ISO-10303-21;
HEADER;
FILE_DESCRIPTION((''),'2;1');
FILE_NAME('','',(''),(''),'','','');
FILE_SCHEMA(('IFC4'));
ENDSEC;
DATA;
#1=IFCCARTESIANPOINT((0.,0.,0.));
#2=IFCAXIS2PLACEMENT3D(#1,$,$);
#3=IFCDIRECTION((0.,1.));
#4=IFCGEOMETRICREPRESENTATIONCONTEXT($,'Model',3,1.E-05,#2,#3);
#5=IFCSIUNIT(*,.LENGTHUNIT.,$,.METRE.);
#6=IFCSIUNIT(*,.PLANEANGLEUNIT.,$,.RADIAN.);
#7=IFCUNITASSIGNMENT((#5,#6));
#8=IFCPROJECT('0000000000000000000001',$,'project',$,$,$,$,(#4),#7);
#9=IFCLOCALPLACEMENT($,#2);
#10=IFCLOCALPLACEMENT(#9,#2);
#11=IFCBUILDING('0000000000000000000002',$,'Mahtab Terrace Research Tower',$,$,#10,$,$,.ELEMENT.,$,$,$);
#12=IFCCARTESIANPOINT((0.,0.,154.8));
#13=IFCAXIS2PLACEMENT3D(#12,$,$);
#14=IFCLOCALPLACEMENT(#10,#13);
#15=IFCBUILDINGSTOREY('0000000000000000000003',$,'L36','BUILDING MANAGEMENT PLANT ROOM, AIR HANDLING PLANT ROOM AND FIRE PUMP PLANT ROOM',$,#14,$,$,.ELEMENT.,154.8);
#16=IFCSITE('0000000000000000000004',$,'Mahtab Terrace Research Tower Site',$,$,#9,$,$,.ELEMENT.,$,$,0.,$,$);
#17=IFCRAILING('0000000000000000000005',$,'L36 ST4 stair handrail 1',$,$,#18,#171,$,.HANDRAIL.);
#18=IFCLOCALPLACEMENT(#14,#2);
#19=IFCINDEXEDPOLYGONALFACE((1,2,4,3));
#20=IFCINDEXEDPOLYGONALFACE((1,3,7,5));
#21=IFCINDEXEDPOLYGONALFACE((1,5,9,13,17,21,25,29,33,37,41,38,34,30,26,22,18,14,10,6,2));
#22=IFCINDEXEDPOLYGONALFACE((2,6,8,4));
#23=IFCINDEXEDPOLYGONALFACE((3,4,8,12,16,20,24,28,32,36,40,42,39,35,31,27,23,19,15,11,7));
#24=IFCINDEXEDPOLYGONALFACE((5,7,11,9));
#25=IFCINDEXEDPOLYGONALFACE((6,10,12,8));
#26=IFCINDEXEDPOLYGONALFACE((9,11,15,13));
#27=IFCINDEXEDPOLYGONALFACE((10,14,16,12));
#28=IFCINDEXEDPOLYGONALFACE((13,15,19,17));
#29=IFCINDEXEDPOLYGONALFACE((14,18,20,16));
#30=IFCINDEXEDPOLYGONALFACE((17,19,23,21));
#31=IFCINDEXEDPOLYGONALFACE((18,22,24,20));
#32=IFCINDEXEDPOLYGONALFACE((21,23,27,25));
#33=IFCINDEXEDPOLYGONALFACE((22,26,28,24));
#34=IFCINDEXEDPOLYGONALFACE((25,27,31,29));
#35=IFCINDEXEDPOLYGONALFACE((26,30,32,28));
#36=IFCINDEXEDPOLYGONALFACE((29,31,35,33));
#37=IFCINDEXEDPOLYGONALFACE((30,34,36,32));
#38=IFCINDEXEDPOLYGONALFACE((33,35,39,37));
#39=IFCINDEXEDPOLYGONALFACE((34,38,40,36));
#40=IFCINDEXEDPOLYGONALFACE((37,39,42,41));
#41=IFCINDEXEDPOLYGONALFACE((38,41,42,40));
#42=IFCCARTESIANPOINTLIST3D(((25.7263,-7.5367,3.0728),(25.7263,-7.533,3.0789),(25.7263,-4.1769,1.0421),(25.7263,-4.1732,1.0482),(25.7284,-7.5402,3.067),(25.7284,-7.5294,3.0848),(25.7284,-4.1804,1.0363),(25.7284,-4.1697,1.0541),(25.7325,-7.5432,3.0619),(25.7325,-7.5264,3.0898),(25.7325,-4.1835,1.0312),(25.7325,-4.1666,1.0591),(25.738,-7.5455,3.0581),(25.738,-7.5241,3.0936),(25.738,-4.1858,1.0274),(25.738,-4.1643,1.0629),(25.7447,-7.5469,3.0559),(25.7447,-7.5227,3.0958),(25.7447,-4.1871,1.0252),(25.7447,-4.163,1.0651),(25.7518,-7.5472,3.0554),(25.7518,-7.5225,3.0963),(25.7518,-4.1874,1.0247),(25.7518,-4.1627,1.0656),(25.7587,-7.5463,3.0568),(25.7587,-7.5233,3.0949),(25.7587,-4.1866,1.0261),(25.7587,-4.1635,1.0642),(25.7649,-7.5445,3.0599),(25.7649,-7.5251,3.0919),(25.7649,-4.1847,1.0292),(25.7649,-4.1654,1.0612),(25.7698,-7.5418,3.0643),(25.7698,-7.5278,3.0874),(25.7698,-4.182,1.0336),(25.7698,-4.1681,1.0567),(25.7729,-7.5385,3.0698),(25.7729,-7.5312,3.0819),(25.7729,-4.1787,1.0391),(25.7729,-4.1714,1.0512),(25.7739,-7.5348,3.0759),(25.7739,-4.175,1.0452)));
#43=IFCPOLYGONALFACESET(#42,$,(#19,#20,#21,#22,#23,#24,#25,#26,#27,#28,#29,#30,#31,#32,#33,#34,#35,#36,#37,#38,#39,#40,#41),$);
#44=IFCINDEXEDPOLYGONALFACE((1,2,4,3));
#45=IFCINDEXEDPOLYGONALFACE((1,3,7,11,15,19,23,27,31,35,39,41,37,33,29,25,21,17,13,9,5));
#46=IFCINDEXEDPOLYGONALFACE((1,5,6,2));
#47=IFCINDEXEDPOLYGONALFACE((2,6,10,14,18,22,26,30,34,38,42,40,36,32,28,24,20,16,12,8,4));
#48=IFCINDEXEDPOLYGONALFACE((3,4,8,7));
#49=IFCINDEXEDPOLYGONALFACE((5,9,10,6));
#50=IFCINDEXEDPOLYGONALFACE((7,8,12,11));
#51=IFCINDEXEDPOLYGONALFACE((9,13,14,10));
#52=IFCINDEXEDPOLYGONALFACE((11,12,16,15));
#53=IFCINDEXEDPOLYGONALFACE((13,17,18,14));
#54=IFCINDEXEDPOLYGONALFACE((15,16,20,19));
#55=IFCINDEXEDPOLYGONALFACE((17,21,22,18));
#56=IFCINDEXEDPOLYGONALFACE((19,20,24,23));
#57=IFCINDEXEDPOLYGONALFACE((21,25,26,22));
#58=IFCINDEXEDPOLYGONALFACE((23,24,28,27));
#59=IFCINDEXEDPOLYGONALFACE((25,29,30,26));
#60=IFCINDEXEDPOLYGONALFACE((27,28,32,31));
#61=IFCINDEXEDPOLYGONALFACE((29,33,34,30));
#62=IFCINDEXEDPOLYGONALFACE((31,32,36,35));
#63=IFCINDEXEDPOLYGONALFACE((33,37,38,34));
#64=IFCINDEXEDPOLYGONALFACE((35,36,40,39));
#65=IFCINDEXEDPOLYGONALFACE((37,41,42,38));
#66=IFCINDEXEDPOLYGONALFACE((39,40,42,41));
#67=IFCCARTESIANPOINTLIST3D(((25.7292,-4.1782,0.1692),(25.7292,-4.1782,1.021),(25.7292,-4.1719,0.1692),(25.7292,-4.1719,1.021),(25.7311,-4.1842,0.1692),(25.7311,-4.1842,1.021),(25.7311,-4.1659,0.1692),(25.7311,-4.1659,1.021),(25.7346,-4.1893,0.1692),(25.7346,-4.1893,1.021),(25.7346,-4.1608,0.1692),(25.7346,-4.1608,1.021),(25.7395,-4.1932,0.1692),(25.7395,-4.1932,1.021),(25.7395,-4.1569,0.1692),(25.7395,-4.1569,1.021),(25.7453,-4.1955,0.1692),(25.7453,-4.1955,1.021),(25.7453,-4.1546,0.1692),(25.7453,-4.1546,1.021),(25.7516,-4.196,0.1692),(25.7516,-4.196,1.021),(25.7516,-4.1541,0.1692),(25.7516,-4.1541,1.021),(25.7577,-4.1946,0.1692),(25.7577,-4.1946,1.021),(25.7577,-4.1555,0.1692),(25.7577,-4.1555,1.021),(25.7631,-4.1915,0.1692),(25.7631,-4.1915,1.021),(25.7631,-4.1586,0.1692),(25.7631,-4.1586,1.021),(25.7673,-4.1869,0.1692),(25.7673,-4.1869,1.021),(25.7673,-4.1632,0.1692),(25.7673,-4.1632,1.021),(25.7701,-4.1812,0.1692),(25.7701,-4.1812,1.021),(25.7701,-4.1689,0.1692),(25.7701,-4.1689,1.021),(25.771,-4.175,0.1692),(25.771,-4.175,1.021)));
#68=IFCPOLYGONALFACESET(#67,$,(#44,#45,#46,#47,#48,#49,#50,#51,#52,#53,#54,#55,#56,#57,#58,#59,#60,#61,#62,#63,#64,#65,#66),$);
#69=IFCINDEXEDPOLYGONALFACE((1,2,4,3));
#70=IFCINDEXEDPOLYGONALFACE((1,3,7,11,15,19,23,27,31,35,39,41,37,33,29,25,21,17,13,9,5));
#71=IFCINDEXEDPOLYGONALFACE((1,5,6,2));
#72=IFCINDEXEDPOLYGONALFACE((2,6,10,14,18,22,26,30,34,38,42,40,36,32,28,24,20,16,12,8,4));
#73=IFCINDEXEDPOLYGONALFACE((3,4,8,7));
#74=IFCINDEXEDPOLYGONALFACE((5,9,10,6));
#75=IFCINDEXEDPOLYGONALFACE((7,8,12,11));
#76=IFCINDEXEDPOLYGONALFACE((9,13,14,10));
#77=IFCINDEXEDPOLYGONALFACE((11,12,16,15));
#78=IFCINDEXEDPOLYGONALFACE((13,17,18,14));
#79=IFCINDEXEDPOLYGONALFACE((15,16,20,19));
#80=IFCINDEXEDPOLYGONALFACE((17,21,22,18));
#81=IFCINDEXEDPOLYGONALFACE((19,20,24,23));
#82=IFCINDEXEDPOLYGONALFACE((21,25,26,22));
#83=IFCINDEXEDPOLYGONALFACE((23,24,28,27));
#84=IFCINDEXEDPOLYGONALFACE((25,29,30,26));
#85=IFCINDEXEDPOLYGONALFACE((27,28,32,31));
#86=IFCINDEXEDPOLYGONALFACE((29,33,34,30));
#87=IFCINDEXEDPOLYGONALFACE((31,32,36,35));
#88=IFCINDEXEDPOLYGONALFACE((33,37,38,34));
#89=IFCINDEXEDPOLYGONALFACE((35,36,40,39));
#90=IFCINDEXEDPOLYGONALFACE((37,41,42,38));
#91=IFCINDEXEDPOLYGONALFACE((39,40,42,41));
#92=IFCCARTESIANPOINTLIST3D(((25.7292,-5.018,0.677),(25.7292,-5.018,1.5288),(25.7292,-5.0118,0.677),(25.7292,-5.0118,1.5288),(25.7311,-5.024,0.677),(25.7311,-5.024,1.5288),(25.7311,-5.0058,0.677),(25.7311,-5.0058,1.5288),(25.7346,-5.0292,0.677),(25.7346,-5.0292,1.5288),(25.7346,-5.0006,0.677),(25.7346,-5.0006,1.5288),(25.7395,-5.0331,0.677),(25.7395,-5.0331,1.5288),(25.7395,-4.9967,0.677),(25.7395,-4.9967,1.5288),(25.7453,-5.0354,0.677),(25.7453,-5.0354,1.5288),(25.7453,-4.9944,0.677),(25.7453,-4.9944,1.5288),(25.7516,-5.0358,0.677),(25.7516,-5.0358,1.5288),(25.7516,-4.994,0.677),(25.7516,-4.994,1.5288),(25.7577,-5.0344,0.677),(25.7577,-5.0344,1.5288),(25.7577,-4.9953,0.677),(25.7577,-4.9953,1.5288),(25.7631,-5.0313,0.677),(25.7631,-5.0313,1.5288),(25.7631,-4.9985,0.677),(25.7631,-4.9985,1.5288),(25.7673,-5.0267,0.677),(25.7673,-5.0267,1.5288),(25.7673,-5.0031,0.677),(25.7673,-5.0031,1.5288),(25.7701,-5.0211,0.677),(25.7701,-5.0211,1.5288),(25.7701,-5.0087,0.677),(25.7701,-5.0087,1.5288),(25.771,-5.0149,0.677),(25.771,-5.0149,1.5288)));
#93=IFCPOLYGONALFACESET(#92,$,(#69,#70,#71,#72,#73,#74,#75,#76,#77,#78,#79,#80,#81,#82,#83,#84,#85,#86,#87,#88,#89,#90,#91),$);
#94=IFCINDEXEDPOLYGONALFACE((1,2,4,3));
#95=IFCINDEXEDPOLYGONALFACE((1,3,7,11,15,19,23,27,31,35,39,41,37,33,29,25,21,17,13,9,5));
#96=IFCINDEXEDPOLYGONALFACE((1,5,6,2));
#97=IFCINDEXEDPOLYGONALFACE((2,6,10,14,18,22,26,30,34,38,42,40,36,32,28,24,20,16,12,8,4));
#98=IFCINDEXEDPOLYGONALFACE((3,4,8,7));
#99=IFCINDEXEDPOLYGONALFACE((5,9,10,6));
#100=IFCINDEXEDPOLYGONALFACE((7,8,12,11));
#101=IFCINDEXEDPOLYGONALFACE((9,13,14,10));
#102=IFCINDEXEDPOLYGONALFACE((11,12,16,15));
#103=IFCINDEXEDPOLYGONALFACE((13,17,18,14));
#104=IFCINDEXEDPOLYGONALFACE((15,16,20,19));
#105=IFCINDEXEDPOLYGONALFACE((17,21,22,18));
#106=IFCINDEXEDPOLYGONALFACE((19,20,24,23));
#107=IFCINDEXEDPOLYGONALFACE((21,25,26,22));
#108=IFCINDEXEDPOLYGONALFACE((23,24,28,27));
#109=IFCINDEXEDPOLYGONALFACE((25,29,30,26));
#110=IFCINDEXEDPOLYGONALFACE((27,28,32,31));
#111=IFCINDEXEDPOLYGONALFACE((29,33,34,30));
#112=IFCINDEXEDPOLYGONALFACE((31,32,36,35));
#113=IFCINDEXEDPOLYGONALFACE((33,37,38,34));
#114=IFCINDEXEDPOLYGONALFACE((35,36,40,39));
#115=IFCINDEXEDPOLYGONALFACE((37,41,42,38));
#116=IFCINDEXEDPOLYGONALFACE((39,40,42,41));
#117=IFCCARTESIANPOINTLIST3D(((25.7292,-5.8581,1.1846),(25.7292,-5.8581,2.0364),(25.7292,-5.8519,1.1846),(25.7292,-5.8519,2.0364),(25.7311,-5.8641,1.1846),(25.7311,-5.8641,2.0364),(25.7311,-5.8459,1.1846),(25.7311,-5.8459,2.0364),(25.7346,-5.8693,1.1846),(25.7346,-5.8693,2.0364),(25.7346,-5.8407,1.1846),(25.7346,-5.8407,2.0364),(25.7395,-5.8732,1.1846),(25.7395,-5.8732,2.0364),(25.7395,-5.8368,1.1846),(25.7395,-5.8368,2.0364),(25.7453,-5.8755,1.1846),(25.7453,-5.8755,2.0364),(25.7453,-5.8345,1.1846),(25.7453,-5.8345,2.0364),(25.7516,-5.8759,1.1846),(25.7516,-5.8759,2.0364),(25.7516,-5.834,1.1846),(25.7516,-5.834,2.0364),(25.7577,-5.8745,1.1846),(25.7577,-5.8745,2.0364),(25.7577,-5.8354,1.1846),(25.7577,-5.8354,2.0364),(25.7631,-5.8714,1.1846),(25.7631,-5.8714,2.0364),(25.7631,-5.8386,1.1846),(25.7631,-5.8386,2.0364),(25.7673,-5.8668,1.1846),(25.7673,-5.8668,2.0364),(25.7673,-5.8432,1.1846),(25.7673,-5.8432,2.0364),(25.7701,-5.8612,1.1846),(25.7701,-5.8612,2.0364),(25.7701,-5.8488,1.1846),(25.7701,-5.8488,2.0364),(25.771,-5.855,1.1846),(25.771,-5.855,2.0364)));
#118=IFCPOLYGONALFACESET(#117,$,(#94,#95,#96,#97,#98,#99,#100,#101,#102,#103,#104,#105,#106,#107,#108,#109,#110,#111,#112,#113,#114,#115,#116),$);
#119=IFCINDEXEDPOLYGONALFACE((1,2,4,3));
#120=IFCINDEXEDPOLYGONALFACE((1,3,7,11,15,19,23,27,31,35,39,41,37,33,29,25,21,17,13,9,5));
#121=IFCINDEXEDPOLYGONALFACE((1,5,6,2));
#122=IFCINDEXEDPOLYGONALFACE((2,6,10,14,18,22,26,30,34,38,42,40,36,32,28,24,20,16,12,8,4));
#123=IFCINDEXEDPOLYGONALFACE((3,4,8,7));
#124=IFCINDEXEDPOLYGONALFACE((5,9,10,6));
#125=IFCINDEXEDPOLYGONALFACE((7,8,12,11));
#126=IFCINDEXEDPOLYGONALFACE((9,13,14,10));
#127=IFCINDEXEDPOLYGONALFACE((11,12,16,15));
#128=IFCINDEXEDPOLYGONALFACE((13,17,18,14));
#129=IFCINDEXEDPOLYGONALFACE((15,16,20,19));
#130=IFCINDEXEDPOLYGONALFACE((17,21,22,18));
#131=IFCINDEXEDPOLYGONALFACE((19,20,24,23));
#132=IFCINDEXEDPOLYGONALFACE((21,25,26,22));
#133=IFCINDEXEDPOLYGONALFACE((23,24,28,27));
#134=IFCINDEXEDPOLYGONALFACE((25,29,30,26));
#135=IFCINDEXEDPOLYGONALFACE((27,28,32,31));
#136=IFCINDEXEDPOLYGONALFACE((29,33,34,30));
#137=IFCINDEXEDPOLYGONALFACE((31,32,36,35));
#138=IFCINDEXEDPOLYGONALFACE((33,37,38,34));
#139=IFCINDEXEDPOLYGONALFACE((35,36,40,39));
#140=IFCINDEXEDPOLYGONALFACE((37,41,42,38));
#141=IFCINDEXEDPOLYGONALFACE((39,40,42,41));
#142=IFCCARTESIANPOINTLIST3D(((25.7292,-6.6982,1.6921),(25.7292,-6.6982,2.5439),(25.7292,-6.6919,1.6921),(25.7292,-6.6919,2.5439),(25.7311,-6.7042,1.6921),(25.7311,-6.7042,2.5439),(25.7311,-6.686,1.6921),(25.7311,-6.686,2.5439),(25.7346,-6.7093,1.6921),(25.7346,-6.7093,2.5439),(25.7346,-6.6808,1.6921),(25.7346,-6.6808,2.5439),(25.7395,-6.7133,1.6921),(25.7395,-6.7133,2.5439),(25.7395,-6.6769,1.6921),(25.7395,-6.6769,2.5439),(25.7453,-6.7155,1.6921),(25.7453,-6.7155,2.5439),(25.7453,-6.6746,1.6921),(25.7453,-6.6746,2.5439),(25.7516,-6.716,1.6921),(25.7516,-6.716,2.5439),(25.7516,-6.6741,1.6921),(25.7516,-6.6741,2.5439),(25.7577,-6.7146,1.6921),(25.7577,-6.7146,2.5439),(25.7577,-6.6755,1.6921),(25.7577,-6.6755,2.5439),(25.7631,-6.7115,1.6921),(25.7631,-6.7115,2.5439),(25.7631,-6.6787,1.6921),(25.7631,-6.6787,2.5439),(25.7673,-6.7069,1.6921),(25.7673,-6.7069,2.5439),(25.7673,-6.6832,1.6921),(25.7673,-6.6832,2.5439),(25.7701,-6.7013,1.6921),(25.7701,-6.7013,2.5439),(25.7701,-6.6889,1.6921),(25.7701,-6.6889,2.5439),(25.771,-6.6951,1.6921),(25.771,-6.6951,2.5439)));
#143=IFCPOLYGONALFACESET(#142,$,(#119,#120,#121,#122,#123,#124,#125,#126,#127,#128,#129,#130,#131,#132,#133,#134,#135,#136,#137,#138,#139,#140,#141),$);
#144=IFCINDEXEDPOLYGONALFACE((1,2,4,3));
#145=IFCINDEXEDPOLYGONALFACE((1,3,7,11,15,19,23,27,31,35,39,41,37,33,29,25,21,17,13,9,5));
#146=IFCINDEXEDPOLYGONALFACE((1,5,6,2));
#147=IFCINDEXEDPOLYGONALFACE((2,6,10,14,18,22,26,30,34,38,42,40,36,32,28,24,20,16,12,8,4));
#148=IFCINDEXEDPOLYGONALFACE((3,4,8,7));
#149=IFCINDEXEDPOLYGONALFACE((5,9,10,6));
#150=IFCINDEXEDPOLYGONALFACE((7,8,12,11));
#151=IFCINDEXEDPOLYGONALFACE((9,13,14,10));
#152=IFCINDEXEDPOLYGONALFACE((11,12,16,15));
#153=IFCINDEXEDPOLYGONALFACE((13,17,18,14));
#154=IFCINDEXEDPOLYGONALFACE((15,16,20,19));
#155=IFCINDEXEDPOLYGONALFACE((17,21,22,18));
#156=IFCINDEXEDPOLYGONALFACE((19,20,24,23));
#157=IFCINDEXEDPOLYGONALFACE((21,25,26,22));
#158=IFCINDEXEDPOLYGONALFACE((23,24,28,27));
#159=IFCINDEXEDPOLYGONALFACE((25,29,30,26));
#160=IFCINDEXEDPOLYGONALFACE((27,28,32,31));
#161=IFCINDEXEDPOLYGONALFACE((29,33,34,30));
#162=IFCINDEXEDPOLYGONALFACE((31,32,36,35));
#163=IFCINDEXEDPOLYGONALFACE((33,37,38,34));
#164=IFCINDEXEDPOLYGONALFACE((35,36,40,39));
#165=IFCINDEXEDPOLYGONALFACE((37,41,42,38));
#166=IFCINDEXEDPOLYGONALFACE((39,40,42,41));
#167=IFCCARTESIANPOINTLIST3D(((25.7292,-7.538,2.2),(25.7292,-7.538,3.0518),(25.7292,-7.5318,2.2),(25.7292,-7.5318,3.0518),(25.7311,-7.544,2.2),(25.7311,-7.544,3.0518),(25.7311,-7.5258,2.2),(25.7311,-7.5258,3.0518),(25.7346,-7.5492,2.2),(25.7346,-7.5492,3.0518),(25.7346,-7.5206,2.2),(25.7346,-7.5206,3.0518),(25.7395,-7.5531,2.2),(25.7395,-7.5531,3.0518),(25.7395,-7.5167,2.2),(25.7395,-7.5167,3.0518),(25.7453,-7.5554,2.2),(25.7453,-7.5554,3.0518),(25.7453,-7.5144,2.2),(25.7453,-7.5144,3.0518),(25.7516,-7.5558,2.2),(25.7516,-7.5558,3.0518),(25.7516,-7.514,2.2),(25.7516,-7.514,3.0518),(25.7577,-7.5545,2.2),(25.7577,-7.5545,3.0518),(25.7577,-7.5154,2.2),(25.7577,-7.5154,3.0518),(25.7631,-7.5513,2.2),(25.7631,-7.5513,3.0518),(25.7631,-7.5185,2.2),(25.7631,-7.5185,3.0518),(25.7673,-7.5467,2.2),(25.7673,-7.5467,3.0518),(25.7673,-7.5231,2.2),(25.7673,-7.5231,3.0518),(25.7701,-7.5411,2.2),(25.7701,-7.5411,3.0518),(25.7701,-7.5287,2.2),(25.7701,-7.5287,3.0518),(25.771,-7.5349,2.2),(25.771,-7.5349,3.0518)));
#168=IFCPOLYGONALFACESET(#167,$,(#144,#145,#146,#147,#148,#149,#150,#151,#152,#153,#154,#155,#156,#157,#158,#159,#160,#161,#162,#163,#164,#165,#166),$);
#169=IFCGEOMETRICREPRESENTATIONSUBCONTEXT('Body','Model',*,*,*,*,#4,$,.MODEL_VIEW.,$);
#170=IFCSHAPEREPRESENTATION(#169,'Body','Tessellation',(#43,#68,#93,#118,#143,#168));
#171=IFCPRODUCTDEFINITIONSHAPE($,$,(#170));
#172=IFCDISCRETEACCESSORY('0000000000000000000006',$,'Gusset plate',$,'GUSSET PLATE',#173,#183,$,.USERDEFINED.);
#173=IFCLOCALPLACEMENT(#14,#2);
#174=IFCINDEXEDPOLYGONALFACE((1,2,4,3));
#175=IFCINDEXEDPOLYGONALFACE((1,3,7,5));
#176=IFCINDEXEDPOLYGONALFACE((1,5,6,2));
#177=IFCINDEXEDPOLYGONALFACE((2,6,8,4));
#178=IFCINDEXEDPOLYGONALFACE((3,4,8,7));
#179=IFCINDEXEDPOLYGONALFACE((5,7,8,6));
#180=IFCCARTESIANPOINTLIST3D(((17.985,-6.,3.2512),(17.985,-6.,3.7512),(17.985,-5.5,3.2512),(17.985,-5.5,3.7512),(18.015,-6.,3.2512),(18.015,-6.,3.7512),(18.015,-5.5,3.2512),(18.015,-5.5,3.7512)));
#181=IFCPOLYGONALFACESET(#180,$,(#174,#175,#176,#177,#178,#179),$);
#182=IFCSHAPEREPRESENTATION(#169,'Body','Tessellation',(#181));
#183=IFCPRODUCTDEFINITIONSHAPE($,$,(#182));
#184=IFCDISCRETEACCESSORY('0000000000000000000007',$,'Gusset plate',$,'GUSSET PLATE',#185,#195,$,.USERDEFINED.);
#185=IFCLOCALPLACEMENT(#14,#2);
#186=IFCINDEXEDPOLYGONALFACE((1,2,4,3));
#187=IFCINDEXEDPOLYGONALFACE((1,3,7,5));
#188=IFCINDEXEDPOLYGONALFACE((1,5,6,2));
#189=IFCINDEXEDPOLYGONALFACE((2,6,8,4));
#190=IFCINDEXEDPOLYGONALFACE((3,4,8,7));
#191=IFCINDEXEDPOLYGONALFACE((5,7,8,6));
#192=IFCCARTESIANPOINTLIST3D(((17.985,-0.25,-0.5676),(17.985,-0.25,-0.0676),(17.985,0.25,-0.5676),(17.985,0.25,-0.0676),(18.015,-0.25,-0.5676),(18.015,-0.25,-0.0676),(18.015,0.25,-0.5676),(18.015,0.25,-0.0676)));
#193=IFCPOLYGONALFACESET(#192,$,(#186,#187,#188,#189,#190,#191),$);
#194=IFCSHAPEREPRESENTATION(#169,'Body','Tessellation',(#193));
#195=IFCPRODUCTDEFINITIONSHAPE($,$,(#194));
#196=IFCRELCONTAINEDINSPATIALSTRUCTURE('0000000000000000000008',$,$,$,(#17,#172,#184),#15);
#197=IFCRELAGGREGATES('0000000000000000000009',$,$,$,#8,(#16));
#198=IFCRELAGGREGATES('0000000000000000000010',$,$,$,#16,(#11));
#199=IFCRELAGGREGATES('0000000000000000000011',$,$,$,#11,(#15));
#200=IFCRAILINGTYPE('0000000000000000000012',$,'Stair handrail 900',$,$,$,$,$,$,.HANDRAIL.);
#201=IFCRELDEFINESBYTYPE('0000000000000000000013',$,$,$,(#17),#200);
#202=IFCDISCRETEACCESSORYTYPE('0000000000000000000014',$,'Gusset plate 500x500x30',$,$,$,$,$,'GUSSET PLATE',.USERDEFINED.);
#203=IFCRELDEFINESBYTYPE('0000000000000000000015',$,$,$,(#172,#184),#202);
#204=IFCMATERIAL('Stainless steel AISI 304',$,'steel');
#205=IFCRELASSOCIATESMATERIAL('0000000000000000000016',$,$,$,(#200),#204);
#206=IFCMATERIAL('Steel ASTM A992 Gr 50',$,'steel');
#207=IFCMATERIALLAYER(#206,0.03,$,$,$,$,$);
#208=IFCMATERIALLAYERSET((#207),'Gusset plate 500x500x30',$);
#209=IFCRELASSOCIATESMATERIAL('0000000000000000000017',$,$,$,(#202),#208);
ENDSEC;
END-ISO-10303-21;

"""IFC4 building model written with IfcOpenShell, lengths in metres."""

from ifc_helpers import new_model, si_unit, direction, frame, origin, origin_2d, place, context, subcontext, project, spatial, rectangle, circle, extrude, material, layer, layer_set, type_object, element, save


model = new_model("IFC4")

# Units and contexts
model_context = context("Model", 3, precision=1e-05, world=origin(), true_north=direction((0.0, 1.0)))
body_context = subcontext(model_context, "Body", "Model", "MODEL_VIEW")
ifc_project = project(units=[si_unit("LENGTHUNIT", "METRE"), si_unit("PLANEANGLEUNIT", "RADIAN")], contexts=[model_context])

# Site, building, storey
site_placement = place(None, origin())
site = spatial("IfcSite", under=ifc_project, at=site_placement, Name="Mahtab Terrace Research Tower Site", CompositionType="ELEMENT", RefElevation=0.0)
building_placement = place(site_placement, origin())
building = spatial("IfcBuilding", under=site, at=building_placement, Name="Mahtab Terrace Research Tower", CompositionType="ELEMENT")
storey_placement = place(building_placement, frame((0.0, 0.0, 154.8)))
storey = spatial("IfcBuildingStorey", under=building, at=storey_placement, Name="L36", Description="BUILDING MANAGEMENT PLANT ROOM, AIR HANDLING PLANT ROOM AND FIRE PUMP PLANT ROOM", CompositionType="ELEMENT", Elevation=154.8)

# Shared definitions
ifc_material_1 = material(Name="Steel ASTM A992 Gr 50", Category="steel")

# Railing
ifc_material_2 = material(Name="Stainless steel AISI 304", Category="steel")
railing_type_1 = type_object("IfcRailingType", Name="Stair handrail 900", PredefinedType="HANDRAIL", material=ifc_material_2)
railing_1_placement = place(storey_placement, frame((25.75, -4.175, 0.1692)))
element("IfcRailing", 1, at=railing_1_placement, inside=storey, type_object=railing_type_1, Name="L36 ST4 stair handrail 1", PredefinedType="HANDRAIL", context=body_context, shape_type="SweptSolid", body=[
    extrude(circle(Radius=0.0239, at=origin_2d()), frame((0.0, 0.0, 0.876), z_axis=(0.0, -0.85582, 0.517273), x_axis=(1.0, 0.0, 0.0)), (0.0, 0.0, 1.0), 3.9258),
    extrude(circle(Radius=0.021, at=origin_2d()), origin(), (0.0, 0.0, 1.0), 0.8518),
    extrude(circle(Radius=0.021, at=origin_2d()), frame((0.0, -0.8398, 0.5078)), (0.0, 0.0, 1.0), 0.8518),
    extrude(circle(Radius=0.021, at=origin_2d()), frame((0.0, -1.6799, 1.0154)), (0.0, 0.0, 1.0), 0.8518),
    extrude(circle(Radius=0.021, at=origin_2d()), frame((0.0, -2.52, 1.5229)), (0.0, 0.0, 1.0), 0.8518),
    extrude(circle(Radius=0.021, at=origin_2d()), frame((0.0, -3.3599, 2.0308)), (0.0, 0.0, 1.0), 0.8518),
])

# Discrete accessories
ifc_layer_1 = layer(ifc_material_1, 0.03)
ifc_layer_set_1 = layer_set([ifc_layer_1], Name="Gusset plate 500x500x30")
discrete_accessory_type = type_object("IfcDiscreteAccessoryType", Name="Gusset plate 500x500x30", ElementType="GUSSET PLATE", PredefinedType="USERDEFINED", material=ifc_layer_set_1)
for number, where, z_axis, x_axis, name in (
    (2, (18.0, -5.75, 3.2512), (0.0, 0.0, 1.0), (0.0, 1.0, 0.0), "Gusset plate"),
    (3, (18.0, 0.0, -0.5676), (0.0, 0.0, 1.0), (0.0, 1.0, 0.0), "Gusset plate"),
):
    element("IfcDiscreteAccessory", number, at=place(storey_placement, frame(where, z_axis=z_axis, x_axis=x_axis)), inside=storey, type_object=discrete_accessory_type, Name=name, ObjectType="GUSSET PLATE", PredefinedType="USERDEFINED", context=body_context, shape_type="SweptSolid", body=[
        extrude(rectangle(XDim=0.5, YDim=0.03, at=origin_2d()), origin(), (0.0, 0.0, 1.0), 0.5),
    ])

save(model, "model.ifc")
